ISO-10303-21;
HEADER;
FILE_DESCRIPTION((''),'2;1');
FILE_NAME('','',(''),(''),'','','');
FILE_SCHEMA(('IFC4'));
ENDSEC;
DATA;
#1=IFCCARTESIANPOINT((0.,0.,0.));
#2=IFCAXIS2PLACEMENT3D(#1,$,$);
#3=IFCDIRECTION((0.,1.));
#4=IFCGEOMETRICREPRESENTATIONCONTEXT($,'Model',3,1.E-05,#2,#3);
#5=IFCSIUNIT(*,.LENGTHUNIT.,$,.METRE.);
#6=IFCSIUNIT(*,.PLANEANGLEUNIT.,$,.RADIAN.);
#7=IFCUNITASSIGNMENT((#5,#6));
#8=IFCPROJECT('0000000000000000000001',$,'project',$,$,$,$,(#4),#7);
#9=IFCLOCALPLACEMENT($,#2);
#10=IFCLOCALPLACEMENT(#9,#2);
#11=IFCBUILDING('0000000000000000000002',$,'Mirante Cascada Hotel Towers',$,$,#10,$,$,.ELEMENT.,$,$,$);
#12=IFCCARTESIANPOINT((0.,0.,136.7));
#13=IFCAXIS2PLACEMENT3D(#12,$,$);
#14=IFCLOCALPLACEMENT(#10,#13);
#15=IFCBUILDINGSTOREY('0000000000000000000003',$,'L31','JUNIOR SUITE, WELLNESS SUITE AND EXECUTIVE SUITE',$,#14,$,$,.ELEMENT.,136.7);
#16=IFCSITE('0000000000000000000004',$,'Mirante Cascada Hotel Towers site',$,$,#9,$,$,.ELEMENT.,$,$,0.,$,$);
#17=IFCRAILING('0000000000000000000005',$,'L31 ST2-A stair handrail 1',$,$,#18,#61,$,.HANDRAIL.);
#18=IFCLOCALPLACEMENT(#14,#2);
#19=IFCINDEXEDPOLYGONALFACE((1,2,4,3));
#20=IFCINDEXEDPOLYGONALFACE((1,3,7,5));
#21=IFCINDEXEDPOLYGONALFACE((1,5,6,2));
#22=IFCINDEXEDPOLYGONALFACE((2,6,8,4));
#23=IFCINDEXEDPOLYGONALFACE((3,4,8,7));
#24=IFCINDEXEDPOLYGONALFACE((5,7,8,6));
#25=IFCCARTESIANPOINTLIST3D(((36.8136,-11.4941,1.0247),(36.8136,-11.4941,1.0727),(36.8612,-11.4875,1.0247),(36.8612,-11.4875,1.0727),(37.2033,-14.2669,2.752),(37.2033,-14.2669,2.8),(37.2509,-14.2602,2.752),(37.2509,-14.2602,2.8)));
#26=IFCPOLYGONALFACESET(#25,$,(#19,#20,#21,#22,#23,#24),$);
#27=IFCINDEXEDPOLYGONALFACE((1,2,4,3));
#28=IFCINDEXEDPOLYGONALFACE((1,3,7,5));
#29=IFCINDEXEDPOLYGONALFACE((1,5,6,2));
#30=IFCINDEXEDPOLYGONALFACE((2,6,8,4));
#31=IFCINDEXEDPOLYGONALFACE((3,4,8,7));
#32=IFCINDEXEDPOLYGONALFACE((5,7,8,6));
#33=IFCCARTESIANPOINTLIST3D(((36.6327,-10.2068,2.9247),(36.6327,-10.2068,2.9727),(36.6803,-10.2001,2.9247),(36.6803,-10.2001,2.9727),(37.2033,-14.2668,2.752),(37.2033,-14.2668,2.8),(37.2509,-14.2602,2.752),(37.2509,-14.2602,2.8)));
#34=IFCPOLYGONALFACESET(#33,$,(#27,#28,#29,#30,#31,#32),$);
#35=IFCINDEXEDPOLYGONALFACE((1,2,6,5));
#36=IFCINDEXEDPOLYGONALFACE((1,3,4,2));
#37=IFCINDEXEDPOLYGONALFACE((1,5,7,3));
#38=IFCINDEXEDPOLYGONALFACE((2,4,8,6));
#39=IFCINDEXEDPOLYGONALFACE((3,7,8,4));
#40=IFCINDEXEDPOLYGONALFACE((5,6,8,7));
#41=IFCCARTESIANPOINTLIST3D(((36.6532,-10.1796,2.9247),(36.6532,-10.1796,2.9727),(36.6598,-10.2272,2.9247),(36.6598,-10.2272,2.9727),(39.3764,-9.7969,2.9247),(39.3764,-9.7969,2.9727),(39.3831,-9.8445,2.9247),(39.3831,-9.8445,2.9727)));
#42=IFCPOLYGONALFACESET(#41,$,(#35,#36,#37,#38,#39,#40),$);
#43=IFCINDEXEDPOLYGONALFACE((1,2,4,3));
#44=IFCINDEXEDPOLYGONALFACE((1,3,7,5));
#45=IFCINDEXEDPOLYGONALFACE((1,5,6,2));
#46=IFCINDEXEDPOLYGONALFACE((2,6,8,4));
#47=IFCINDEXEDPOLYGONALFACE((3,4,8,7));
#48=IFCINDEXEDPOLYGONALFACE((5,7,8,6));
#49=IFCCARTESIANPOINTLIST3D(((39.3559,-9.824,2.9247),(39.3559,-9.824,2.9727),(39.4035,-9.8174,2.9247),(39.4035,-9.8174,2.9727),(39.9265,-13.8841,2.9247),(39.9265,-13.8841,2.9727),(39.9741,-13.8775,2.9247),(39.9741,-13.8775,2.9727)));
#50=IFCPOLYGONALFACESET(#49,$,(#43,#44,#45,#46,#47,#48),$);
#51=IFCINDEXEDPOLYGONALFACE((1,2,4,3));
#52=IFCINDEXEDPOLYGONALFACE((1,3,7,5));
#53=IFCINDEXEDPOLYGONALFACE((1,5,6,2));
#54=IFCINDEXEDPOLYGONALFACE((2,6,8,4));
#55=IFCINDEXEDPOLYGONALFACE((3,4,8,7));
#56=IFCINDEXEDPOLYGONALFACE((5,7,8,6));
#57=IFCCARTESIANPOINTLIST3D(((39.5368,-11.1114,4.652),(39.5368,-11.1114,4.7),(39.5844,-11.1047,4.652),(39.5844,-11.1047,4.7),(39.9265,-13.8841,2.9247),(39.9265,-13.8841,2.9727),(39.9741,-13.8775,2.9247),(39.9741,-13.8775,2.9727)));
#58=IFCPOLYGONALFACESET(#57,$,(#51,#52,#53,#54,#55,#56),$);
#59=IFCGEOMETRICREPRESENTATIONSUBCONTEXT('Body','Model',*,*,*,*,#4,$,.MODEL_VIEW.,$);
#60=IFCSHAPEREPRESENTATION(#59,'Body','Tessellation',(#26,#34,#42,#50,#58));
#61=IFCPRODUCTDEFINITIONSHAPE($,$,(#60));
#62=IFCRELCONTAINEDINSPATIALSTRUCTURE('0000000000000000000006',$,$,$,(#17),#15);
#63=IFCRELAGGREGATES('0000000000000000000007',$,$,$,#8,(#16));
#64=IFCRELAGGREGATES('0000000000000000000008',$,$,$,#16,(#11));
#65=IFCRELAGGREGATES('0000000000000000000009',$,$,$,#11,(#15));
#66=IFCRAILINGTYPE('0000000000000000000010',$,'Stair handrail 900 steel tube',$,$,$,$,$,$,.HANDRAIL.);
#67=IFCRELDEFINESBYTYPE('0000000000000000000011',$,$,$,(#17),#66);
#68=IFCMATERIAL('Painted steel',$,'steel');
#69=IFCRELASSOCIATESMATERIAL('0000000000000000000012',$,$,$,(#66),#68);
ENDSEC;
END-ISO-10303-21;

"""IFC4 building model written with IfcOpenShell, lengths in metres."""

from ifc_helpers import new_model, si_unit, direction, frame, origin, origin_2d, place, context, subcontext, project, spatial, rectangle, extrude, material, type_object, element, save


model = new_model("IFC4")

# Units and contexts
model_context = context("Model", 3, precision=1e-05, world=origin(), true_north=direction((0.0, 1.0)))
body_context = subcontext(model_context, "Body", "Model", "MODEL_VIEW")
ifc_project = project(units=[si_unit("LENGTHUNIT", "METRE"), si_unit("PLANEANGLEUNIT", "RADIAN")], contexts=[model_context])

# Site, building, storey
site_placement = place(None, origin())
site = spatial("IfcSite", under=ifc_project, at=site_placement, Name="Mirante Cascada Hotel Towers site", CompositionType="ELEMENT", RefElevation=0.0)
building_placement = place(site_placement, origin())
building = spatial("IfcBuilding", under=site, at=building_placement, Name="Mirante Cascada Hotel Towers", CompositionType="ELEMENT")
storey_placement = place(building_placement, frame((0.0, 0.0, 136.7)))
storey = spatial("IfcBuildingStorey", under=building, at=storey_placement, Name="L31", Description="JUNIOR SUITE, WELLNESS SUITE AND EXECUTIVE SUITE", CompositionType="ELEMENT", Elevation=136.7)

# Railing
ifc_material_1 = material(Name="Painted steel", Category="steel")
railing_type = type_object("IfcRailingType", Name="Stair handrail 900 steel tube", PredefinedType="HANDRAIL", material=ifc_material_1)
railing_placement = place(storey_placement, frame((36.8374, -11.4908, 0.1727)))
element("IfcRailing", 1, at=railing_placement, inside=storey, type_object=railing_type, Name="L31 ST2-A stair handrail 1", PredefinedType="HANDRAIL", context=body_context, shape_type="SweptSolid", body=[
    extrude(rectangle(XDim=0.048, YDim=0.048, at=origin_2d()), frame((0.0, 0.0, 0.876), z_axis=(0.139181, -0.990267, 0.0), x_axis=(0.990267, 0.139181, 0.0)), (0.0, 0.525035, 0.851081), 3.2899),
    extrude(rectangle(XDim=0.048, YDim=0.048, at=origin_2d()), frame((0.3897, -2.7727, 2.6033), z_axis=(-0.139171, 0.990268, 0.0), x_axis=(-0.990268, -0.139171, 0.0)), (0.0, 0.042085, 0.999114), 4.1036),
    extrude(rectangle(XDim=0.048, YDim=0.048, at=origin_2d()), frame((-0.1809, 1.2874, 2.776), z_axis=(0.990269, 0.139166, 0.0), x_axis=(-0.139166, 0.990269, 0.0)), (0.0, 0.0, 1.0), 2.75),
    extrude(rectangle(XDim=0.048, YDim=0.048, at=origin_2d()), frame((2.5423, 1.6701, 2.776), z_axis=(0.139171, -0.990268, 0.0), x_axis=(0.990268, 0.139171, 0.0)), (0.0, 0.0, 1.0), 4.1),
    extrude(rectangle(XDim=0.048, YDim=0.048, at=origin_2d()), frame((3.1129, -2.39, 2.776), z_axis=(-0.139181, 0.990267, 0.0), x_axis=(-0.990267, -0.139181, 0.0)), (0.0, 0.525035, 0.851081), 3.2899),
])

save(model, "model.ifc")
